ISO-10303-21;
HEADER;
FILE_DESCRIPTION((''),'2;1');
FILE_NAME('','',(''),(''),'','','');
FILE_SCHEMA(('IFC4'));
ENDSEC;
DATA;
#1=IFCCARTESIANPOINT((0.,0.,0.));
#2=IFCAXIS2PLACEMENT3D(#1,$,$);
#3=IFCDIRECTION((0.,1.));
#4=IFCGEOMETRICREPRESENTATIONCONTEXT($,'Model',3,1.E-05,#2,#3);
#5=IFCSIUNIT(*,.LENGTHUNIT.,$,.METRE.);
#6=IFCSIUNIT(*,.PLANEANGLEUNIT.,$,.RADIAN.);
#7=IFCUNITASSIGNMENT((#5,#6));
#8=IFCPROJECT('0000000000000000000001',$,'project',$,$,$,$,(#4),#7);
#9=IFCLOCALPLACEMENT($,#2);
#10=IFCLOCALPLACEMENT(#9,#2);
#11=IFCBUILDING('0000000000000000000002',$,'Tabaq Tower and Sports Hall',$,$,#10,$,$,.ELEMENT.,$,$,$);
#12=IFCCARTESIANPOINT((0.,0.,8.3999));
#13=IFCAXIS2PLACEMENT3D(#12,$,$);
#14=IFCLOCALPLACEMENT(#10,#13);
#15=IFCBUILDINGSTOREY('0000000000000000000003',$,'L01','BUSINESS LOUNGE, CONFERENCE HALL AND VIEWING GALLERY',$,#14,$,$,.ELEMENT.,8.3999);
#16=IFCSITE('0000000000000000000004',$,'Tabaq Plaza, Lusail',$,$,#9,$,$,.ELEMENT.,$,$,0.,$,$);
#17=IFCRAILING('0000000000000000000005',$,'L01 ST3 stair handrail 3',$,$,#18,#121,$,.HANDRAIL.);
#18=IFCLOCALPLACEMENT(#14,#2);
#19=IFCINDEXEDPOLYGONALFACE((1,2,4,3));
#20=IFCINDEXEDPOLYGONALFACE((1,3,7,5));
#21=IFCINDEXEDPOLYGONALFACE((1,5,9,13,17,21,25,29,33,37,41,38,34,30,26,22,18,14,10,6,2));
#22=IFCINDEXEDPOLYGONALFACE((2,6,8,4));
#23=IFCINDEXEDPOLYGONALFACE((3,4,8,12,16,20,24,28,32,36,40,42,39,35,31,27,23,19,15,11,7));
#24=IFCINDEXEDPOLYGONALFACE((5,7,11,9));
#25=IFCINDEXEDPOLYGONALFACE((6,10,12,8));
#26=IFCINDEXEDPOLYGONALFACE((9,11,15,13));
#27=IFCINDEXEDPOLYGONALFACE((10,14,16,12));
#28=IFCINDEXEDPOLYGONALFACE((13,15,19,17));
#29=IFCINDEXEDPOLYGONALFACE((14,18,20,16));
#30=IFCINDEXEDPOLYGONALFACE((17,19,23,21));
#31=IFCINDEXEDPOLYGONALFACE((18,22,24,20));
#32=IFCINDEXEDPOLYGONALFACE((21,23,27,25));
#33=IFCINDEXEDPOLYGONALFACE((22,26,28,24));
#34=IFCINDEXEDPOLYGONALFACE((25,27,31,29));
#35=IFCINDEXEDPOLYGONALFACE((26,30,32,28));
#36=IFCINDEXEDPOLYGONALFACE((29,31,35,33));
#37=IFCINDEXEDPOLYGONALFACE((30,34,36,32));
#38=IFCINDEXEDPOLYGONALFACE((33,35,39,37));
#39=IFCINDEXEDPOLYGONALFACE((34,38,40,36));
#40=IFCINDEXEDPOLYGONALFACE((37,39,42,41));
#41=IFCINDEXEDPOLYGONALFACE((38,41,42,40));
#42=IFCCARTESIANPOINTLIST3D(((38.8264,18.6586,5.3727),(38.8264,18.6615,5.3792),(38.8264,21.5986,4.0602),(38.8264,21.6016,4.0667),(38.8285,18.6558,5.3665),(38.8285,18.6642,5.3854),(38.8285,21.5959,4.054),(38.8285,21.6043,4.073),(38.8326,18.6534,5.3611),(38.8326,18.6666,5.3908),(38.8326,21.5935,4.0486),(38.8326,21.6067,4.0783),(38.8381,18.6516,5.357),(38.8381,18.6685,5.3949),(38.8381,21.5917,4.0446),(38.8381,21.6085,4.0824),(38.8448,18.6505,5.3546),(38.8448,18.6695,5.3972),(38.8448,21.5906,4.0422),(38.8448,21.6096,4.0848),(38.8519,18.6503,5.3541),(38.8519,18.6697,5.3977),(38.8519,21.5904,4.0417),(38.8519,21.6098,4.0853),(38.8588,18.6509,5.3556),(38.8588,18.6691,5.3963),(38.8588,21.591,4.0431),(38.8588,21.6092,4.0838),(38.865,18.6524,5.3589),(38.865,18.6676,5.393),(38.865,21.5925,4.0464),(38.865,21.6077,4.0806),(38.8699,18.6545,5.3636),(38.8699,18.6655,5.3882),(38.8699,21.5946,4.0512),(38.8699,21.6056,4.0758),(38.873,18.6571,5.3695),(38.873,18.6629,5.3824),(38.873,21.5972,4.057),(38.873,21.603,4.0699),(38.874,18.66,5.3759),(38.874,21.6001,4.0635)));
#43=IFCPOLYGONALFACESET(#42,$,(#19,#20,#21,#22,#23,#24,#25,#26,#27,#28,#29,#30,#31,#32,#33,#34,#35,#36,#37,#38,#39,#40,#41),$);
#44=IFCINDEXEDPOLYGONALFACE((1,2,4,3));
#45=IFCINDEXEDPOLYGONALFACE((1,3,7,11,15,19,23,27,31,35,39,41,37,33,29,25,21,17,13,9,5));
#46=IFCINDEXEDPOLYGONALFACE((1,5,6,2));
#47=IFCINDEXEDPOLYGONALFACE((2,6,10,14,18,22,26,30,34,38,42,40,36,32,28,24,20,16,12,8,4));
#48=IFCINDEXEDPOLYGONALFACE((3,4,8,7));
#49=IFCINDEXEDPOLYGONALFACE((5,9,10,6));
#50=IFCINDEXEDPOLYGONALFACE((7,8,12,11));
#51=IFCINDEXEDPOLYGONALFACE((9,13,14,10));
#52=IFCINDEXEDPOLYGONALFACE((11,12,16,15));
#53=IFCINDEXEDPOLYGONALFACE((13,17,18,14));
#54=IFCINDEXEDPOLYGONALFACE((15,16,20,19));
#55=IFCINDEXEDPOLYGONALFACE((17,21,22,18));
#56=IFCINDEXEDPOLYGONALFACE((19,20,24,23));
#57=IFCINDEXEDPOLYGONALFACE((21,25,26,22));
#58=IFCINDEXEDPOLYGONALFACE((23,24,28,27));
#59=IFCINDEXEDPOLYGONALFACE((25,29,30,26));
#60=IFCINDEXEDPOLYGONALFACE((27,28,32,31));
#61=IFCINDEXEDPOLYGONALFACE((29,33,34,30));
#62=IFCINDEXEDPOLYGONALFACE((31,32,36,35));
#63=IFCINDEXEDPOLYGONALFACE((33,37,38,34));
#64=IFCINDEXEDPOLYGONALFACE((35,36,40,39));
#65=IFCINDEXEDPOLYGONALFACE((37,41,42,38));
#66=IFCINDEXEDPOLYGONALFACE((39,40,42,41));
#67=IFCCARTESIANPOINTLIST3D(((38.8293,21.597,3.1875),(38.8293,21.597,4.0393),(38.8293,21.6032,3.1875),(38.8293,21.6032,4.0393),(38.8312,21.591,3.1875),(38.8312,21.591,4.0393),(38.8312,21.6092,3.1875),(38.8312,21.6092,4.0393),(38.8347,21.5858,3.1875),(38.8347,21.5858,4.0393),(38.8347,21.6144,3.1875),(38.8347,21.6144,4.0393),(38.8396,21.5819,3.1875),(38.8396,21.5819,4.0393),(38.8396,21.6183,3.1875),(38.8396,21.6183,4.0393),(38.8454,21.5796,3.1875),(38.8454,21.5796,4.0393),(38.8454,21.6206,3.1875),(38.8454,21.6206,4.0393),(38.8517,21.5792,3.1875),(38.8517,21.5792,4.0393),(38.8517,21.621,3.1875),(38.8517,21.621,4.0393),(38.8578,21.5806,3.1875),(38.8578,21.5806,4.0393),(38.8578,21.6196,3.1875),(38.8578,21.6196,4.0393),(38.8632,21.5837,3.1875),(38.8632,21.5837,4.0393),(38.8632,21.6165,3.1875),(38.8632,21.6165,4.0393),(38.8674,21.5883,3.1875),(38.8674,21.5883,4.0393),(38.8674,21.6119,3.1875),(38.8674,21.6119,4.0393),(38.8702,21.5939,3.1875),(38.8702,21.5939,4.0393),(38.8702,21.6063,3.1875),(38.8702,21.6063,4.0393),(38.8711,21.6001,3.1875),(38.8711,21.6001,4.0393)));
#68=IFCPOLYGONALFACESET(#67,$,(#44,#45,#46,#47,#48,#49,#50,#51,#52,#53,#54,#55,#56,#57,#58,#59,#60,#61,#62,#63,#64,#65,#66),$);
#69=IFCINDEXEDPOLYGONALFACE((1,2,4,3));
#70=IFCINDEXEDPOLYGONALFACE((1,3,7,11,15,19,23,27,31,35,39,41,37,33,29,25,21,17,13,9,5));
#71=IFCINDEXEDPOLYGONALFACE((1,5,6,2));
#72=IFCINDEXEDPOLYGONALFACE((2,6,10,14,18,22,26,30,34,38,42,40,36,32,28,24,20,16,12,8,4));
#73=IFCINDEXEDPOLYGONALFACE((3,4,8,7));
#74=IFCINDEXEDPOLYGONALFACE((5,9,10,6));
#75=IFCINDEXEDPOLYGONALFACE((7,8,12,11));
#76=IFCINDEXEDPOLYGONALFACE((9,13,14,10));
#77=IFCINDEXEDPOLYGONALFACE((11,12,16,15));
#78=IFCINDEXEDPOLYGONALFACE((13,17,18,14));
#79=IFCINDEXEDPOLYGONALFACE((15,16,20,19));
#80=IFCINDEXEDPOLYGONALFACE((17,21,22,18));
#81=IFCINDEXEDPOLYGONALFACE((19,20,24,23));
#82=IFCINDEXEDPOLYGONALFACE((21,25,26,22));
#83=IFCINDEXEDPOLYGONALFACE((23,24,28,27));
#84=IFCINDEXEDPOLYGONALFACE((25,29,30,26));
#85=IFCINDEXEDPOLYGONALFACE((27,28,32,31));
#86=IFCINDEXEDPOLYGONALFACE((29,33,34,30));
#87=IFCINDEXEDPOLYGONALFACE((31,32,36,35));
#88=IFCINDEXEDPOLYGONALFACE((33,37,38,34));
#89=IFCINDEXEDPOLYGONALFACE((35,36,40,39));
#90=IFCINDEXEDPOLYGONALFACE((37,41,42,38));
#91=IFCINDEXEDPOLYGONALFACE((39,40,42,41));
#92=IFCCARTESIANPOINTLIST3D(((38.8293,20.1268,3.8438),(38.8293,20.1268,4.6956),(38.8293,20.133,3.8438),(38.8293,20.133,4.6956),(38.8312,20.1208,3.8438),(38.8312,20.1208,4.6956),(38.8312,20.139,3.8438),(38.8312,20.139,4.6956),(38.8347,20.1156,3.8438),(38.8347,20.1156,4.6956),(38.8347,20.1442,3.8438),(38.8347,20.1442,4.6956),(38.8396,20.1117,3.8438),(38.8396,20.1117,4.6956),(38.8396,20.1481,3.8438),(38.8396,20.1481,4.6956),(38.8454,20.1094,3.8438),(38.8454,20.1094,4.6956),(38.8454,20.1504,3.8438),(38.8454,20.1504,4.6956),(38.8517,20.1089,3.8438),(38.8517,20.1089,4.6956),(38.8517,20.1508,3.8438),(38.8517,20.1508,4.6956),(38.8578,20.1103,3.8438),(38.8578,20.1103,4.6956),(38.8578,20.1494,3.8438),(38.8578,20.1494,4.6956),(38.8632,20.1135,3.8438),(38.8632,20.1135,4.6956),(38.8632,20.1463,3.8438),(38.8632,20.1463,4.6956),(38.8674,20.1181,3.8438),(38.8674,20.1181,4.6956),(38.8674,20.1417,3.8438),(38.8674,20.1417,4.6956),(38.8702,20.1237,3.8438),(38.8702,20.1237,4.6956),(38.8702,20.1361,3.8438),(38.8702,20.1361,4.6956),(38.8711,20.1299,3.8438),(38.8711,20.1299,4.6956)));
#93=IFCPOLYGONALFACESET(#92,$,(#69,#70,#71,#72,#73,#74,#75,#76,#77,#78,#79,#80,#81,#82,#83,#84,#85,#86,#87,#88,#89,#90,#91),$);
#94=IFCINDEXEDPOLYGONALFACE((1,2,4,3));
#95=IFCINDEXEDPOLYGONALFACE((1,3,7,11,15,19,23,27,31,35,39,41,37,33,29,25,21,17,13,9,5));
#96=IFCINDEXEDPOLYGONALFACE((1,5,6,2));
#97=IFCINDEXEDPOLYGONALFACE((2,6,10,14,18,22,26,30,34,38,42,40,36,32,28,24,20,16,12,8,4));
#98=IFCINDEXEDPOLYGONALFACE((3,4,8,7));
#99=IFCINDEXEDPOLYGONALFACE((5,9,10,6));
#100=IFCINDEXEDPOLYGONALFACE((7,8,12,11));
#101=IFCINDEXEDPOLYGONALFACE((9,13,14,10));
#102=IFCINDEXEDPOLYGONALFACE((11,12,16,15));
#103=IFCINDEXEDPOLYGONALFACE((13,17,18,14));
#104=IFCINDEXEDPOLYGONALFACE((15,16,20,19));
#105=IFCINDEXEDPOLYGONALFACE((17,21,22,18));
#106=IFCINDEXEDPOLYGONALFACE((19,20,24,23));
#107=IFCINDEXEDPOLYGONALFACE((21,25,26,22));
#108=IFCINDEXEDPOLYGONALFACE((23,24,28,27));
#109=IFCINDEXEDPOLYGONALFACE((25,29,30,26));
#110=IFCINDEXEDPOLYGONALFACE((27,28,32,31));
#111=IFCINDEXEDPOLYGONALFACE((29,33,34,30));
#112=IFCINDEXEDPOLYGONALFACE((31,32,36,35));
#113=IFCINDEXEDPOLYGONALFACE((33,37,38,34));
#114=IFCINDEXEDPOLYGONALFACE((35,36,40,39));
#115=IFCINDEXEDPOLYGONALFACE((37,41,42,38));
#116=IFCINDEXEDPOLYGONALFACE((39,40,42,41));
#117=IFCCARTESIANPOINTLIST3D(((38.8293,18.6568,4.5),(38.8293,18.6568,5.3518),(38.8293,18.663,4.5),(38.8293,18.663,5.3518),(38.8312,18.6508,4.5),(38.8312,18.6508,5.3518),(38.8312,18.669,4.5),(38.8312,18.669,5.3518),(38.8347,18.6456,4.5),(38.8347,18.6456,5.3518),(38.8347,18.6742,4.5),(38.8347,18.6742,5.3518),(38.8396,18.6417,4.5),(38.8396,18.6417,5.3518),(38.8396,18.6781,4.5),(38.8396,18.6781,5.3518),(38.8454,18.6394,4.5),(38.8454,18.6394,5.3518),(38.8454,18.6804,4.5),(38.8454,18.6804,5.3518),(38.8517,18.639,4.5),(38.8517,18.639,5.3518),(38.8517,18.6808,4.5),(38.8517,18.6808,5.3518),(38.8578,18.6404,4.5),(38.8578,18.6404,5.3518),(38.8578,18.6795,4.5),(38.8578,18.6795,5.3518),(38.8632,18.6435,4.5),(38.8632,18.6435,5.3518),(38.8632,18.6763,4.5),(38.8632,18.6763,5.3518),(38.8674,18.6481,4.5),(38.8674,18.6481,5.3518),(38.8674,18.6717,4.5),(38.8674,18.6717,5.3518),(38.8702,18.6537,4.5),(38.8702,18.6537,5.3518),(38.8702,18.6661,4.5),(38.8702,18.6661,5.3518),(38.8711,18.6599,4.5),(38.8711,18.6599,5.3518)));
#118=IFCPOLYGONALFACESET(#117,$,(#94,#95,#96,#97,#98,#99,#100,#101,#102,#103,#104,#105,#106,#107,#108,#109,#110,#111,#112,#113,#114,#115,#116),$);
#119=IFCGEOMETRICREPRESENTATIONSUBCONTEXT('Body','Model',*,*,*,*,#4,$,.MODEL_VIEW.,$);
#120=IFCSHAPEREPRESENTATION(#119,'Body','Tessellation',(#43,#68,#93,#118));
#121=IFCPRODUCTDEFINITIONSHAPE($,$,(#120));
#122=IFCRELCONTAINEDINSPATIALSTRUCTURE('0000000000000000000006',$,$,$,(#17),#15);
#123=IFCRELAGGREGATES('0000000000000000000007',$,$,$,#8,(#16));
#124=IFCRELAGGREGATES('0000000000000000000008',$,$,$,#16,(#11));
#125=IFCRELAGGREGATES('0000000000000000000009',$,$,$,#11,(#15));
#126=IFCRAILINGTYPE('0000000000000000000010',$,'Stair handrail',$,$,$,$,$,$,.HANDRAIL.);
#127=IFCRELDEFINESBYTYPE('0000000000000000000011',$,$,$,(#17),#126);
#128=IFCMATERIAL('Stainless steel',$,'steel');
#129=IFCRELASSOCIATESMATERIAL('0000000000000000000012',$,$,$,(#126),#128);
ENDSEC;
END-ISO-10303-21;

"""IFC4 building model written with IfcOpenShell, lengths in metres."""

from ifc_helpers import new_model, si_unit, direction, frame, origin, origin_2d, place, context, subcontext, project, spatial, circle, extrude, material, type_object, element, save


model = new_model("IFC4")

# Units and contexts
model_context = context("Model", 3, precision=1e-05, world=origin(), true_north=direction((0.0, 1.0)))
body_context = subcontext(model_context, "Body", "Model", "MODEL_VIEW")
ifc_project = project(units=[si_unit("LENGTHUNIT", "METRE"), si_unit("PLANEANGLEUNIT", "RADIAN")], contexts=[model_context])

# Site, building, storey
site_placement = place(None, origin())
site = spatial("IfcSite", under=ifc_project, at=site_placement, Name="Tabaq Plaza, Lusail", CompositionType="ELEMENT", RefElevation=0.0)
building_placement = place(site_placement, origin())
building = spatial("IfcBuilding", under=site, at=building_placement, Name="Tabaq Tower and Sports Hall", CompositionType="ELEMENT")
storey_placement = place(building_placement, frame((0.0, 0.0, 8.3999)))
storey = spatial("IfcBuildingStorey", under=building, at=storey_placement, Name="L01", Description="BUSINESS LOUNGE, CONFERENCE HALL AND VIEWING GALLERY", CompositionType="ELEMENT", Elevation=8.3999)

# Railing
ifc_material_1 = material(Name="Stainless steel", Category="steel")
railing_type_1 = type_object("IfcRailingType", Name="Stair handrail", PredefinedType="HANDRAIL", material=ifc_material_1)
railing_1_placement = place(storey_placement, frame((38.8501, 21.6001, 3.1875)))
element("IfcRailing", 1, at=railing_1_placement, inside=storey, type_object=railing_type_1, Name="L01 ST3 stair handrail 3", PredefinedType="HANDRAIL", context=body_context, shape_type="SweptSolid", body=[
    extrude(circle(Radius=0.0239, at=origin_2d()), frame((0.0, 0.0, 0.876), z_axis=(0.0, -0.913147, 0.407629), x_axis=(1.0, 0.0, 0.0)), (0.0, 0.0, 1.0), 3.2197),
    extrude(circle(Radius=0.021, at=origin_2d()), origin(), (0.0, 0.0, 1.0), 0.8518),
    extrude(circle(Radius=0.021, at=origin_2d()), frame((0.0, -1.4702, 0.6562)), (0.0, 0.0, 1.0), 0.8518),
    extrude(circle(Radius=0.021, at=origin_2d()), frame((0.0, -2.9402, 1.3125)), (0.0, 0.0, 1.0), 0.8518),
])

save(model, "model.ifc")
